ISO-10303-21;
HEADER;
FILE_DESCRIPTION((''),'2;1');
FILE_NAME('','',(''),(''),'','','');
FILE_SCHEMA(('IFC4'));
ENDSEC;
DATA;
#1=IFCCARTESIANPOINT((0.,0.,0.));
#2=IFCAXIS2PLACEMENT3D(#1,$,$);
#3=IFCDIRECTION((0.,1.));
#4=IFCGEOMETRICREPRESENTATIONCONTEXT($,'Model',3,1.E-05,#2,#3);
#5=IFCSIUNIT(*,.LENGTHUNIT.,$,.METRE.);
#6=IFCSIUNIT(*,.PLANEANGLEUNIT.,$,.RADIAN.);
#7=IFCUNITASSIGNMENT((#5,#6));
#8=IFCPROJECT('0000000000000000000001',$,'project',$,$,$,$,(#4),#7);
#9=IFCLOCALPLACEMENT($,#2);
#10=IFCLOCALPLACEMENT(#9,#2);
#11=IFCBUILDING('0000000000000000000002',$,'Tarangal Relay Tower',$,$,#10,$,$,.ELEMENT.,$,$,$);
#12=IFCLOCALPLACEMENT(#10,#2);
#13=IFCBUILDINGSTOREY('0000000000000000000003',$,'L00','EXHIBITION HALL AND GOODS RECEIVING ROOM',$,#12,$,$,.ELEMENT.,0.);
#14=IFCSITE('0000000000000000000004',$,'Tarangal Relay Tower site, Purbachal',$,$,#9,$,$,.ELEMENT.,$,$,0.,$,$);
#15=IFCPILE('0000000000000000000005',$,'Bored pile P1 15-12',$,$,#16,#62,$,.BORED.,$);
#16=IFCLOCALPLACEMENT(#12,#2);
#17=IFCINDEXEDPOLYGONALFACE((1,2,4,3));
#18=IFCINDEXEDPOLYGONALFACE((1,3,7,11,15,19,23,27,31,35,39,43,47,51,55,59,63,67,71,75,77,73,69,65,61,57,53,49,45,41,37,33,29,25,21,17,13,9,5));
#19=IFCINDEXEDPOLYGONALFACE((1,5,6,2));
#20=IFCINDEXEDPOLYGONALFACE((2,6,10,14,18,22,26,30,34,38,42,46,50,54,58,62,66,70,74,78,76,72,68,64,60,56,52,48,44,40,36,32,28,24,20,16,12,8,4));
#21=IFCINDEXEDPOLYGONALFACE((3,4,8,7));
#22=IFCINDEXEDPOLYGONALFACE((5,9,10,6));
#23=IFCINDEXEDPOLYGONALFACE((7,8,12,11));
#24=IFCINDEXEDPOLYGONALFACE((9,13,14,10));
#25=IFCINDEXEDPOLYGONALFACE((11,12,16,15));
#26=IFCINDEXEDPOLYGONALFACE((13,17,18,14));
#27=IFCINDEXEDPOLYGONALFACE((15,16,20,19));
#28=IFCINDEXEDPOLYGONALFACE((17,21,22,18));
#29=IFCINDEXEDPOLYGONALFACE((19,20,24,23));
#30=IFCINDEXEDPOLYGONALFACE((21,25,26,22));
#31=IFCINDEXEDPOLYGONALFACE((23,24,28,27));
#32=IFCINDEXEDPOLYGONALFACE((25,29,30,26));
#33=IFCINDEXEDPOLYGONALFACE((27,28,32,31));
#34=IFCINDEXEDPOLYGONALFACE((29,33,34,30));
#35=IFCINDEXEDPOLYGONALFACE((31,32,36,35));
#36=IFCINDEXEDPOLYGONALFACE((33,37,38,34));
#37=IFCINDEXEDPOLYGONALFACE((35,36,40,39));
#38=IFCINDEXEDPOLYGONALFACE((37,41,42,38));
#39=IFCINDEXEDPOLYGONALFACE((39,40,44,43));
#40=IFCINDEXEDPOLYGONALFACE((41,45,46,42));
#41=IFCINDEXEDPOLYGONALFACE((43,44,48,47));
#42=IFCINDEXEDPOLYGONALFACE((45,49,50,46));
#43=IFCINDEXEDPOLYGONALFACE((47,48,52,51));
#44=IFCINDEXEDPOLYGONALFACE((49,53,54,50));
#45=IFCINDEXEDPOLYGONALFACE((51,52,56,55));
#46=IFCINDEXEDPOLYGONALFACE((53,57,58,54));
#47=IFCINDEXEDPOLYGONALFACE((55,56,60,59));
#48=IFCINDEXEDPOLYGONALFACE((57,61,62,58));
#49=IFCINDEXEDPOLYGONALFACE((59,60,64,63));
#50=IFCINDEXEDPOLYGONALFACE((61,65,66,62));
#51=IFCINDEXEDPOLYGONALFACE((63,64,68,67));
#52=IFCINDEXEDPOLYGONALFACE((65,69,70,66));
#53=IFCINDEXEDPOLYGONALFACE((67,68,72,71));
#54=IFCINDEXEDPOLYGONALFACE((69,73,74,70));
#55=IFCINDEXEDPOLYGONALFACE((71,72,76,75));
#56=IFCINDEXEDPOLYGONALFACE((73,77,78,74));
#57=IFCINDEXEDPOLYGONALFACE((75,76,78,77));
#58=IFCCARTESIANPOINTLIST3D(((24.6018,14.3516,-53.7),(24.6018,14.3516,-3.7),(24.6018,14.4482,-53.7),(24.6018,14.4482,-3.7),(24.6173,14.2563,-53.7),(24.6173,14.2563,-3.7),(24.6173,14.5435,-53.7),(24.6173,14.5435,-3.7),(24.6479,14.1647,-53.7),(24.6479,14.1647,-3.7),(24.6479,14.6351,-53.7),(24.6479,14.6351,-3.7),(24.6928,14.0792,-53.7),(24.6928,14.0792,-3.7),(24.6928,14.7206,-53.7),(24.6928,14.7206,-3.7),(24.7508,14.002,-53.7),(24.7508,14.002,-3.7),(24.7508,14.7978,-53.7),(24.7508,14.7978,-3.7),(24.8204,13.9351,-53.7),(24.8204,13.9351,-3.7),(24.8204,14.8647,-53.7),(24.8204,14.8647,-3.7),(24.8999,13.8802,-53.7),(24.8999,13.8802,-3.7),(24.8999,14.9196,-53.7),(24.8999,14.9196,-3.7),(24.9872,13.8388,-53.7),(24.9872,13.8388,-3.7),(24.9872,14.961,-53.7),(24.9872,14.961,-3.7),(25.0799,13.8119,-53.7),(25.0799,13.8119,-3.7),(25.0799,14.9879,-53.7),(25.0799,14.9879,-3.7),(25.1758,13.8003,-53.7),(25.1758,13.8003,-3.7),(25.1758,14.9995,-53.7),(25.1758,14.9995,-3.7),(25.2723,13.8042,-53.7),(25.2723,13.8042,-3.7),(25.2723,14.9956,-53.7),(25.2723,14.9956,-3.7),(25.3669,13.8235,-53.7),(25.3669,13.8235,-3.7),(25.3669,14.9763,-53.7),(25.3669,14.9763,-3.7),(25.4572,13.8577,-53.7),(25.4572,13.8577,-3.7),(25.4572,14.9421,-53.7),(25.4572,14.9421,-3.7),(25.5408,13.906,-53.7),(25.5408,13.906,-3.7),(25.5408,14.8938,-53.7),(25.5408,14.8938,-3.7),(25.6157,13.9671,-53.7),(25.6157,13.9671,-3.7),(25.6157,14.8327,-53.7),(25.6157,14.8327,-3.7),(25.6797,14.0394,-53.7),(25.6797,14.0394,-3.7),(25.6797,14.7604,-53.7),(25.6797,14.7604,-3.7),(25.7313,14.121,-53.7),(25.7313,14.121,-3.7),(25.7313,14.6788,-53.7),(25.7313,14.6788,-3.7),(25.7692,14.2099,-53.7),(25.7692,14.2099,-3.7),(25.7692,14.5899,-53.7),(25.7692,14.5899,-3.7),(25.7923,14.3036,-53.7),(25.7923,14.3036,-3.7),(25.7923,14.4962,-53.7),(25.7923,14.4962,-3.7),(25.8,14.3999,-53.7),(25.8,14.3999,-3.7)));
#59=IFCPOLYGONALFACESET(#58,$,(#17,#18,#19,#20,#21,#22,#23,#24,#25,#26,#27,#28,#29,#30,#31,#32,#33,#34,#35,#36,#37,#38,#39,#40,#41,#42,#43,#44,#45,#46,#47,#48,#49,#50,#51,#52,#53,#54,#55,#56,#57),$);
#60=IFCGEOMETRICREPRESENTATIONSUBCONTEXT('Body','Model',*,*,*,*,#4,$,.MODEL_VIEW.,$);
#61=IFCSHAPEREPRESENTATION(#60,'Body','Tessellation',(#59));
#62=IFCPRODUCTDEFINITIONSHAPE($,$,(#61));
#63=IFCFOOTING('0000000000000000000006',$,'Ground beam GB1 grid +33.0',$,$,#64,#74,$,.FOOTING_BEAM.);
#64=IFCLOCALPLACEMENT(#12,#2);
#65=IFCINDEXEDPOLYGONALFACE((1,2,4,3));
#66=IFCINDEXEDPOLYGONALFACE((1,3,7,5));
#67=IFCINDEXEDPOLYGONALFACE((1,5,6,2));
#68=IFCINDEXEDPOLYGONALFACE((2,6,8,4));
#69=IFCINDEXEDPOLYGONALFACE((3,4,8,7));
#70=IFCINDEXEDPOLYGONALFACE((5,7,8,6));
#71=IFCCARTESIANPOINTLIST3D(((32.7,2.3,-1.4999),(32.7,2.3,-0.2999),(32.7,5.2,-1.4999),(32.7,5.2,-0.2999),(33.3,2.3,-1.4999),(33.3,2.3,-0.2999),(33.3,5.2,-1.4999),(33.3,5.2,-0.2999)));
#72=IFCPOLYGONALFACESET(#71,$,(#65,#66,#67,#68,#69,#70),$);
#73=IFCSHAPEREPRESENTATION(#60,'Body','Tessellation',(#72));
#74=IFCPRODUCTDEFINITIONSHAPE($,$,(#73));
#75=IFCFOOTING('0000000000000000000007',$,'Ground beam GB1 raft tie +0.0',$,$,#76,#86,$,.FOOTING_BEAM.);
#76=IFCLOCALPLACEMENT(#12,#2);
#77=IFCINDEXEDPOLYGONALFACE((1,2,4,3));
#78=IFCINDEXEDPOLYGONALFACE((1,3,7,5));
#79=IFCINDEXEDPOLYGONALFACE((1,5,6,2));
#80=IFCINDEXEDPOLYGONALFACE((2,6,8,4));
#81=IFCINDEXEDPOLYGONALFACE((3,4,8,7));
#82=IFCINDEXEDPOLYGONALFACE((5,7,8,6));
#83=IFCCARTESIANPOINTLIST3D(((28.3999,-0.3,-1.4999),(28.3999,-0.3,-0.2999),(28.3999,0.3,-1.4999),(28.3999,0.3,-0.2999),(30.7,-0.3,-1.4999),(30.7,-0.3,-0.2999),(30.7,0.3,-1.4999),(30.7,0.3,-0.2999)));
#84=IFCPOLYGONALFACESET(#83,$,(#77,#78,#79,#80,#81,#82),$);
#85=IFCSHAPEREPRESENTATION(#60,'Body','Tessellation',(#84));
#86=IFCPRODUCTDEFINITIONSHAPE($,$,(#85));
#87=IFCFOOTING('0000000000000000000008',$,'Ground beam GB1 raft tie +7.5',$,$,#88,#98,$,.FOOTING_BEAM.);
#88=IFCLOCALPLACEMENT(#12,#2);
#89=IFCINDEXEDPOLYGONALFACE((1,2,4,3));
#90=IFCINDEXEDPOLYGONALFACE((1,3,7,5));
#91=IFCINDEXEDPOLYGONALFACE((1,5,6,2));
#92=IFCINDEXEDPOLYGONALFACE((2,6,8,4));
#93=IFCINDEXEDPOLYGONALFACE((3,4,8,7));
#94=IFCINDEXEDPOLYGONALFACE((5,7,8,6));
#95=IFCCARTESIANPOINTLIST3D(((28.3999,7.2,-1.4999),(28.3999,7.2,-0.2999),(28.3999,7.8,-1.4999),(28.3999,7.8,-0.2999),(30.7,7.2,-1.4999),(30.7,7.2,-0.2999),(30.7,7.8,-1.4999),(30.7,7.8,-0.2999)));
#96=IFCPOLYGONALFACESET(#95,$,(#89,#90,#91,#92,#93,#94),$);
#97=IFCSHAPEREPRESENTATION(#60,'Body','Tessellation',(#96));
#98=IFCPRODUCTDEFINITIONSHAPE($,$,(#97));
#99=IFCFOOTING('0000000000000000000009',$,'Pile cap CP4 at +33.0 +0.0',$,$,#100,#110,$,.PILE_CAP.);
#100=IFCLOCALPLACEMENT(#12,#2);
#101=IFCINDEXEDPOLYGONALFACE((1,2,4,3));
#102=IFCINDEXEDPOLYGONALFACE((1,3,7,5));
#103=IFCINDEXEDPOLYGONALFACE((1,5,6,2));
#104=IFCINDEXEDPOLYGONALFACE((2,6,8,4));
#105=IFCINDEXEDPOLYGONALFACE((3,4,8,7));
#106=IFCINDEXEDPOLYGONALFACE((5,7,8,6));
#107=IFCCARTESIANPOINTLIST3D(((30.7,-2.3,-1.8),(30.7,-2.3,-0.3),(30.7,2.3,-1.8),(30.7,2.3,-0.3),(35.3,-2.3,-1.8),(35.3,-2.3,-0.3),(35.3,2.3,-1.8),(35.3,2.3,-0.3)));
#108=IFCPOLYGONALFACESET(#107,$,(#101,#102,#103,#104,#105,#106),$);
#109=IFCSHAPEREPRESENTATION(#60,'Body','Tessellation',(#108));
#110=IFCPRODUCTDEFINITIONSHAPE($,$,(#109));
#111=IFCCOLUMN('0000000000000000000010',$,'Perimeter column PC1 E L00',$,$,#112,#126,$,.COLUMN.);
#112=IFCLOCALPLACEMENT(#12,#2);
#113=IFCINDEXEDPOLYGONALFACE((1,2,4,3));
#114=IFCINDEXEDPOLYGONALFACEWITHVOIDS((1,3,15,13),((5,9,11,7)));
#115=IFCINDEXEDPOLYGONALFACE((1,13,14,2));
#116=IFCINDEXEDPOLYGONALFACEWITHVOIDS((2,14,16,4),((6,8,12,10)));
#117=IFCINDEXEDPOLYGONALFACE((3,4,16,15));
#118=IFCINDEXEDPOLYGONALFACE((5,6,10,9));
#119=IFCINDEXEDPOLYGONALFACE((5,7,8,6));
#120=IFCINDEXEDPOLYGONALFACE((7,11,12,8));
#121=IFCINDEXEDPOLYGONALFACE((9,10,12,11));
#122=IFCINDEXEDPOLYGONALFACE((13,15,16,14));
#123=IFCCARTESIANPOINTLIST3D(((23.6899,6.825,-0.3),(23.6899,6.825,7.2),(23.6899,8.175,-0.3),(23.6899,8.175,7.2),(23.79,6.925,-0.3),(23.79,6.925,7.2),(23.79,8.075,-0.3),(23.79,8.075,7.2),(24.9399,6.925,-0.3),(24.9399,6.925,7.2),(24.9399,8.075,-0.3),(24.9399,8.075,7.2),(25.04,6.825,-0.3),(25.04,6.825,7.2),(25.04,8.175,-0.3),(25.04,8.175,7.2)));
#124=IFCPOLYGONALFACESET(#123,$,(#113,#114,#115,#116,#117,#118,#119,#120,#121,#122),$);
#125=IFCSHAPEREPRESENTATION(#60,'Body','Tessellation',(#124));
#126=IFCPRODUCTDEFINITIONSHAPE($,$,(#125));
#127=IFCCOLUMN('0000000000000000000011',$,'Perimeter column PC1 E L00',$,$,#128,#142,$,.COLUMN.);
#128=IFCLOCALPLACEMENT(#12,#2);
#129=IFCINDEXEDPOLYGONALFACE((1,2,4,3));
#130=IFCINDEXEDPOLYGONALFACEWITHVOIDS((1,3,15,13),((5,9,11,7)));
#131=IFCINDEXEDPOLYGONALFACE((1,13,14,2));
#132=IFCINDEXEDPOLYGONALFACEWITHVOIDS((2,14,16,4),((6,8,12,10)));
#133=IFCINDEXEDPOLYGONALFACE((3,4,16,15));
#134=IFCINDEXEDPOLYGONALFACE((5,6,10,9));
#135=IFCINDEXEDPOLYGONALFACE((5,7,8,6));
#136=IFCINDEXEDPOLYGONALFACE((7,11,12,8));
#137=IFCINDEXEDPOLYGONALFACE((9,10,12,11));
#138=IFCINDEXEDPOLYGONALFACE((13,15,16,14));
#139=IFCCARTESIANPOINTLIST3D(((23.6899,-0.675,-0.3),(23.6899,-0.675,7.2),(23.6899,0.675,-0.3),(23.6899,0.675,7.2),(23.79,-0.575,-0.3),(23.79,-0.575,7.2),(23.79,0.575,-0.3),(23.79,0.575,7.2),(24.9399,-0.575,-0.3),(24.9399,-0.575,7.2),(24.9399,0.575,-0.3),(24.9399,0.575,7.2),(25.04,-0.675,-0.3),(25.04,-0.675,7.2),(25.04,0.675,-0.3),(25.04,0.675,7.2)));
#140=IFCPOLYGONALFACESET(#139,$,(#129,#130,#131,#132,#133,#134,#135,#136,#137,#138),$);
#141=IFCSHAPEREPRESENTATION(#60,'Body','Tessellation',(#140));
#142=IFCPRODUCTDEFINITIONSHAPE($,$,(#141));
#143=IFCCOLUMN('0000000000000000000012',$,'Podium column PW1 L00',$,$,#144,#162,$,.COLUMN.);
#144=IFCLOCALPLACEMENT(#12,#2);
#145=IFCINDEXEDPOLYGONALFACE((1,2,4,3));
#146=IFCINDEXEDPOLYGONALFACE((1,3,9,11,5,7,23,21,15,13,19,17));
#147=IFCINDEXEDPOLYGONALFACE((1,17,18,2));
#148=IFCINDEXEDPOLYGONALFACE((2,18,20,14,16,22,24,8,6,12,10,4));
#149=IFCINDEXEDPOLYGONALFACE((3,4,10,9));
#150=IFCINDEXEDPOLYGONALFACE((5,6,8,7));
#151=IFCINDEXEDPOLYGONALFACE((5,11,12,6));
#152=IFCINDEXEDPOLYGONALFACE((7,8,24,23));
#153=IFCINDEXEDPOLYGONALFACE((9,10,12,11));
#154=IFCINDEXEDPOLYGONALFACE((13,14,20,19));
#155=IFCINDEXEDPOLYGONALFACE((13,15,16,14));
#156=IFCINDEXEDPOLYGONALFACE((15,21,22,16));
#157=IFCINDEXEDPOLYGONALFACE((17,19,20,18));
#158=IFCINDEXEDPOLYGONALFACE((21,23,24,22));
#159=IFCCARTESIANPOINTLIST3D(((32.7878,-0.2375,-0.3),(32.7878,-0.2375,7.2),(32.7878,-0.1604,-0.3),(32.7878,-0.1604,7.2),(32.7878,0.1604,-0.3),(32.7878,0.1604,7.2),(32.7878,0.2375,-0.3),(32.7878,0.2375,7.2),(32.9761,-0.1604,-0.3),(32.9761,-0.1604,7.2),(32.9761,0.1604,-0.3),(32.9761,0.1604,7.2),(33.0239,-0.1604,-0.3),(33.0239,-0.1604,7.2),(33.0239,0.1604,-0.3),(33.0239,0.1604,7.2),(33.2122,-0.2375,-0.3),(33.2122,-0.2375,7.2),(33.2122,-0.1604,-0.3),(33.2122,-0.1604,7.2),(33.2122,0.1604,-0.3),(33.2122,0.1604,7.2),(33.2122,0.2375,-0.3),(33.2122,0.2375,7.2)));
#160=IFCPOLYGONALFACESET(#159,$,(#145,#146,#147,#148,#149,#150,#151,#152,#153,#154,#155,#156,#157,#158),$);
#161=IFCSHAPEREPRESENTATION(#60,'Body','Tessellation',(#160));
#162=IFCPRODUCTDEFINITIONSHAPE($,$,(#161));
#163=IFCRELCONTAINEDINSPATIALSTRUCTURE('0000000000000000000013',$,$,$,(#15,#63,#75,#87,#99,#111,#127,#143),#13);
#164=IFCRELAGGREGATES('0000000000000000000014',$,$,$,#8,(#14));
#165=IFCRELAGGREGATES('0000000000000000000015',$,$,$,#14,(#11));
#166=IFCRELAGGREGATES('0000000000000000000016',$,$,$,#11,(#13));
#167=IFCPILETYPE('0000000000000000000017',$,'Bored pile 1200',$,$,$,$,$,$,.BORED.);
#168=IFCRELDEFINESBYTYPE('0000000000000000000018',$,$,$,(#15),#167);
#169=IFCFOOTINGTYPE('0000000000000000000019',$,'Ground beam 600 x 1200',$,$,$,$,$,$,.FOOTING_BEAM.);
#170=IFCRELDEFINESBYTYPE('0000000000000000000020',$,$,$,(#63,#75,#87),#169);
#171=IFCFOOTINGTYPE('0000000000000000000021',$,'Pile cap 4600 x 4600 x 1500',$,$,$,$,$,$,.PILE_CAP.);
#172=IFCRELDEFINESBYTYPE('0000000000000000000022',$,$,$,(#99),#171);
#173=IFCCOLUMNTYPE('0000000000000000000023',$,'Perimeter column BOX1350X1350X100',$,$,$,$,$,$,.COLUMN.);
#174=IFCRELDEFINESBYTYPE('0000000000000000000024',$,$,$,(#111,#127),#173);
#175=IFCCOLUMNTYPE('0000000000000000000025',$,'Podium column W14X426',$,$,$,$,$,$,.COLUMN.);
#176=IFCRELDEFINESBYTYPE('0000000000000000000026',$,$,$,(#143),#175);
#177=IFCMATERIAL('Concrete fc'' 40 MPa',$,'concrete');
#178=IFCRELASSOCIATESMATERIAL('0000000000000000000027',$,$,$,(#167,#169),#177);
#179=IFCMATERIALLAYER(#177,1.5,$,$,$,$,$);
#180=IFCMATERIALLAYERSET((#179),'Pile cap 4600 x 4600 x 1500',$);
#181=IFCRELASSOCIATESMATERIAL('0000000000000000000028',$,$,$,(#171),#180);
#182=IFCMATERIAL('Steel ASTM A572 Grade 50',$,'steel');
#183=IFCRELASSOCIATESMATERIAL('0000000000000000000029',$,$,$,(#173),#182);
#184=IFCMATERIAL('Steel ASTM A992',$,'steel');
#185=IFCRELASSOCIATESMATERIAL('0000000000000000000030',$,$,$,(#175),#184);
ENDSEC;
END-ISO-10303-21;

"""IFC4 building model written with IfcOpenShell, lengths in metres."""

from ifc_helpers import new_model, si_unit, direction, frame, origin, origin_2d, place, context, subcontext, project, spatial, rectangle, hollow_rectangle, circle, i_section, extrude, material, layer, layer_set, material_profile, profile_set, type_object, element, save


model = new_model("IFC4")

# Units and contexts
model_context = context("Model", 3, precision=1e-05, world=origin(), true_north=direction((0.0, 1.0)))
body_context = subcontext(model_context, "Body", "Model", "MODEL_VIEW")
ifc_project = project(units=[si_unit("LENGTHUNIT", "METRE"), si_unit("PLANEANGLEUNIT", "RADIAN")], contexts=[model_context])

# Site, building, storey
site_placement = place(None, origin())
site = spatial("IfcSite", under=ifc_project, at=site_placement, Name="Tarangal Relay Tower site, Purbachal", CompositionType="ELEMENT", RefElevation=0.0)
building_placement = place(site_placement, origin())
building = spatial("IfcBuilding", under=site, at=building_placement, Name="Tarangal Relay Tower", CompositionType="ELEMENT")
storey_placement = place(building_placement, origin())
storey = spatial("IfcBuildingStorey", under=building, at=storey_placement, Name="L00", Description="EXHIBITION HALL AND GOODS RECEIVING ROOM", CompositionType="ELEMENT", Elevation=0.0)

# Pile
ifc_material_1 = material(Name="Concrete fc' 40 MPa", Category="concrete")
ifc_material_profile_1 = material_profile(ifc_material_1, circle(Radius=0.6001, at=origin_2d()), Name="D1200")
ifc_profile_set_1 = profile_set([ifc_material_profile_1], Name="Concrete fc' 40 MPa")
pile_type_1 = type_object("IfcPileType", Name="Bored pile 1200", PredefinedType="BORED", material=ifc_profile_set_1)
for number, where, z_axis, x_axis, name in (
    (1, (25.2, 14.3999, -3.7), (0.0, 0.0, -1.0), (1.0, 0.0, 0.0), "Bored pile P1 15-12"),
):
    element("IfcPile", number, at=place(storey_placement, frame(where, z_axis=z_axis, x_axis=x_axis)), inside=storey, type_object=pile_type_1, Name=name, PredefinedType="BORED", context=body_context, shape_type="SweptSolid", body=[
        extrude(circle(Radius=0.6001, at=origin_2d()), origin(), (0.0, 0.0, 1.0), 50.0),
    ])

# Footings
ifc_material_profile_2 = material_profile(ifc_material_1, rectangle(XDim=0.6001, YDim=1.2, at=origin_2d()), Name="GB 600X1200")
ifc_profile_set_2 = profile_set([ifc_material_profile_2], Name="Concrete fc' 40 MPa")
footing_type_1 = type_object("IfcFootingType", Name="Ground beam 600 x 1200", PredefinedType="FOOTING_BEAM", material=ifc_profile_set_2)
footing_1_placement = place(storey_placement, frame((33.0, 2.3, -0.8999), z_axis=(0.0, 1.0, 0.0), x_axis=(-1.0, 0.0, 0.0)))
element("IfcFooting", 2, at=footing_1_placement, inside=storey, type_object=footing_type_1, Name="Ground beam GB1 grid +33.0", PredefinedType="FOOTING_BEAM", context=body_context, shape_type="SweptSolid", body=[
    extrude(rectangle(XDim=0.6001, YDim=1.2, at=origin_2d()), origin(), (0.0, 0.0, 1.0), 2.8999),
])
for number, where, z_axis, x_axis, name in (
    (3, (28.3999, 0.0, -0.8999), (1.0, 0.0, 0.0), (0.0, 1.0, 0.0), "Ground beam GB1 raft tie +0.0"),
    (4, (28.3999, 7.5, -0.8999), (1.0, 0.0, 0.0), (0.0, 1.0, 0.0), "Ground beam GB1 raft tie +7.5"),
):
    element("IfcFooting", number, at=place(storey_placement, frame(where, z_axis=z_axis, x_axis=x_axis)), inside=storey, type_object=footing_type_1, Name=name, PredefinedType="FOOTING_BEAM", context=body_context, shape_type="SweptSolid", body=[
        extrude(rectangle(XDim=0.6001, YDim=1.2, at=origin_2d()), origin(), (0.0, 0.0, 1.0), 2.3),
    ])
ifc_layer = layer(ifc_material_1, 1.5)
ifc_layer_set = layer_set([ifc_layer], Name="Pile cap 4600 x 4600 x 1500")
footing_type_2 = type_object("IfcFootingType", Name="Pile cap 4600 x 4600 x 1500", PredefinedType="PILE_CAP", material=ifc_layer_set)
footing_2_placement = place(storey_placement, frame((33.0, 0.0, -1.8), z_axis=(0.0, 0.0, 1.0), x_axis=(1.0, 0.0, 0.0)))
element("IfcFooting", 5, at=footing_2_placement, inside=storey, type_object=footing_type_2, Name="Pile cap CP4 at +33.0 +0.0", PredefinedType="PILE_CAP", context=body_context, shape_type="SweptSolid", body=[
    extrude(rectangle(XDim=4.6001, YDim=4.6001, at=origin_2d()), origin(), (0.0, 0.0, 1.0), 1.5),
])

# Columns
ifc_material_2 = material(Name="Steel ASTM A572 Grade 50", Category="steel")
ifc_material_profile_3 = material_profile(ifc_material_2, hollow_rectangle(XDim=1.3501, YDim=1.3501, WallThickness=0.1001, at=origin_2d()), Name="BOX1350X1350X100")
ifc_profile_set_3 = profile_set([ifc_material_profile_3], Name="Steel ASTM A572 Grade 50")
column_type_1 = type_object("IfcColumnType", Name="Perimeter column BOX1350X1350X100", PredefinedType="COLUMN", material=ifc_profile_set_3)
for number, where, z_axis, x_axis, name in (
    (6, (24.365, 7.5, -0.3), (0.0, 0.0, 1.0), (1.0, 0.0, 0.0), "Perimeter column PC1 E L00"),
    (7, (24.365, 0.0, -0.3), (0.0, 0.0, 1.0), (1.0, 0.0, 0.0), "Perimeter column PC1 E L00"),
):
    element("IfcColumn", number, at=place(storey_placement, frame(where, z_axis=z_axis, x_axis=x_axis)), inside=storey, type_object=column_type_1, Name=name, PredefinedType="COLUMN", context=body_context, shape_type="SweptSolid", body=[
        extrude(hollow_rectangle(XDim=1.3501, YDim=1.3501, WallThickness=0.1001, at=origin_2d()), origin(), (0.0, 0.0, 1.0), 7.5),
    ])
ifc_material_3 = material(Name="Steel ASTM A992", Category="steel")
ifc_material_profile_4 = material_profile(ifc_material_3, i_section(OverallWidth=0.4243, OverallDepth=0.4751, WebThickness=0.0479, FlangeThickness=0.0771, at=origin_2d()), Name="W14X426")
ifc_profile_set_4 = profile_set([ifc_material_profile_4], Name="Steel ASTM A992")
column_type_2 = type_object("IfcColumnType", Name="Podium column W14X426", PredefinedType="COLUMN", material=ifc_profile_set_4)
column_placement = place(storey_placement, frame((33.0, 0.0, -0.3), z_axis=(0.0, 0.0, 1.0), x_axis=(1.0, 0.0, 0.0)))
element("IfcColumn", 8, at=column_placement, inside=storey, type_object=column_type_2, Name="Podium column PW1 L00", PredefinedType="COLUMN", context=body_context, shape_type="SweptSolid", body=[
    extrude(i_section(OverallWidth=0.4243, OverallDepth=0.4751, WebThickness=0.0479, FlangeThickness=0.0771, at=origin_2d()), origin(), (0.0, 0.0, 1.0), 7.5),
])

save(model, "model.ifc")
